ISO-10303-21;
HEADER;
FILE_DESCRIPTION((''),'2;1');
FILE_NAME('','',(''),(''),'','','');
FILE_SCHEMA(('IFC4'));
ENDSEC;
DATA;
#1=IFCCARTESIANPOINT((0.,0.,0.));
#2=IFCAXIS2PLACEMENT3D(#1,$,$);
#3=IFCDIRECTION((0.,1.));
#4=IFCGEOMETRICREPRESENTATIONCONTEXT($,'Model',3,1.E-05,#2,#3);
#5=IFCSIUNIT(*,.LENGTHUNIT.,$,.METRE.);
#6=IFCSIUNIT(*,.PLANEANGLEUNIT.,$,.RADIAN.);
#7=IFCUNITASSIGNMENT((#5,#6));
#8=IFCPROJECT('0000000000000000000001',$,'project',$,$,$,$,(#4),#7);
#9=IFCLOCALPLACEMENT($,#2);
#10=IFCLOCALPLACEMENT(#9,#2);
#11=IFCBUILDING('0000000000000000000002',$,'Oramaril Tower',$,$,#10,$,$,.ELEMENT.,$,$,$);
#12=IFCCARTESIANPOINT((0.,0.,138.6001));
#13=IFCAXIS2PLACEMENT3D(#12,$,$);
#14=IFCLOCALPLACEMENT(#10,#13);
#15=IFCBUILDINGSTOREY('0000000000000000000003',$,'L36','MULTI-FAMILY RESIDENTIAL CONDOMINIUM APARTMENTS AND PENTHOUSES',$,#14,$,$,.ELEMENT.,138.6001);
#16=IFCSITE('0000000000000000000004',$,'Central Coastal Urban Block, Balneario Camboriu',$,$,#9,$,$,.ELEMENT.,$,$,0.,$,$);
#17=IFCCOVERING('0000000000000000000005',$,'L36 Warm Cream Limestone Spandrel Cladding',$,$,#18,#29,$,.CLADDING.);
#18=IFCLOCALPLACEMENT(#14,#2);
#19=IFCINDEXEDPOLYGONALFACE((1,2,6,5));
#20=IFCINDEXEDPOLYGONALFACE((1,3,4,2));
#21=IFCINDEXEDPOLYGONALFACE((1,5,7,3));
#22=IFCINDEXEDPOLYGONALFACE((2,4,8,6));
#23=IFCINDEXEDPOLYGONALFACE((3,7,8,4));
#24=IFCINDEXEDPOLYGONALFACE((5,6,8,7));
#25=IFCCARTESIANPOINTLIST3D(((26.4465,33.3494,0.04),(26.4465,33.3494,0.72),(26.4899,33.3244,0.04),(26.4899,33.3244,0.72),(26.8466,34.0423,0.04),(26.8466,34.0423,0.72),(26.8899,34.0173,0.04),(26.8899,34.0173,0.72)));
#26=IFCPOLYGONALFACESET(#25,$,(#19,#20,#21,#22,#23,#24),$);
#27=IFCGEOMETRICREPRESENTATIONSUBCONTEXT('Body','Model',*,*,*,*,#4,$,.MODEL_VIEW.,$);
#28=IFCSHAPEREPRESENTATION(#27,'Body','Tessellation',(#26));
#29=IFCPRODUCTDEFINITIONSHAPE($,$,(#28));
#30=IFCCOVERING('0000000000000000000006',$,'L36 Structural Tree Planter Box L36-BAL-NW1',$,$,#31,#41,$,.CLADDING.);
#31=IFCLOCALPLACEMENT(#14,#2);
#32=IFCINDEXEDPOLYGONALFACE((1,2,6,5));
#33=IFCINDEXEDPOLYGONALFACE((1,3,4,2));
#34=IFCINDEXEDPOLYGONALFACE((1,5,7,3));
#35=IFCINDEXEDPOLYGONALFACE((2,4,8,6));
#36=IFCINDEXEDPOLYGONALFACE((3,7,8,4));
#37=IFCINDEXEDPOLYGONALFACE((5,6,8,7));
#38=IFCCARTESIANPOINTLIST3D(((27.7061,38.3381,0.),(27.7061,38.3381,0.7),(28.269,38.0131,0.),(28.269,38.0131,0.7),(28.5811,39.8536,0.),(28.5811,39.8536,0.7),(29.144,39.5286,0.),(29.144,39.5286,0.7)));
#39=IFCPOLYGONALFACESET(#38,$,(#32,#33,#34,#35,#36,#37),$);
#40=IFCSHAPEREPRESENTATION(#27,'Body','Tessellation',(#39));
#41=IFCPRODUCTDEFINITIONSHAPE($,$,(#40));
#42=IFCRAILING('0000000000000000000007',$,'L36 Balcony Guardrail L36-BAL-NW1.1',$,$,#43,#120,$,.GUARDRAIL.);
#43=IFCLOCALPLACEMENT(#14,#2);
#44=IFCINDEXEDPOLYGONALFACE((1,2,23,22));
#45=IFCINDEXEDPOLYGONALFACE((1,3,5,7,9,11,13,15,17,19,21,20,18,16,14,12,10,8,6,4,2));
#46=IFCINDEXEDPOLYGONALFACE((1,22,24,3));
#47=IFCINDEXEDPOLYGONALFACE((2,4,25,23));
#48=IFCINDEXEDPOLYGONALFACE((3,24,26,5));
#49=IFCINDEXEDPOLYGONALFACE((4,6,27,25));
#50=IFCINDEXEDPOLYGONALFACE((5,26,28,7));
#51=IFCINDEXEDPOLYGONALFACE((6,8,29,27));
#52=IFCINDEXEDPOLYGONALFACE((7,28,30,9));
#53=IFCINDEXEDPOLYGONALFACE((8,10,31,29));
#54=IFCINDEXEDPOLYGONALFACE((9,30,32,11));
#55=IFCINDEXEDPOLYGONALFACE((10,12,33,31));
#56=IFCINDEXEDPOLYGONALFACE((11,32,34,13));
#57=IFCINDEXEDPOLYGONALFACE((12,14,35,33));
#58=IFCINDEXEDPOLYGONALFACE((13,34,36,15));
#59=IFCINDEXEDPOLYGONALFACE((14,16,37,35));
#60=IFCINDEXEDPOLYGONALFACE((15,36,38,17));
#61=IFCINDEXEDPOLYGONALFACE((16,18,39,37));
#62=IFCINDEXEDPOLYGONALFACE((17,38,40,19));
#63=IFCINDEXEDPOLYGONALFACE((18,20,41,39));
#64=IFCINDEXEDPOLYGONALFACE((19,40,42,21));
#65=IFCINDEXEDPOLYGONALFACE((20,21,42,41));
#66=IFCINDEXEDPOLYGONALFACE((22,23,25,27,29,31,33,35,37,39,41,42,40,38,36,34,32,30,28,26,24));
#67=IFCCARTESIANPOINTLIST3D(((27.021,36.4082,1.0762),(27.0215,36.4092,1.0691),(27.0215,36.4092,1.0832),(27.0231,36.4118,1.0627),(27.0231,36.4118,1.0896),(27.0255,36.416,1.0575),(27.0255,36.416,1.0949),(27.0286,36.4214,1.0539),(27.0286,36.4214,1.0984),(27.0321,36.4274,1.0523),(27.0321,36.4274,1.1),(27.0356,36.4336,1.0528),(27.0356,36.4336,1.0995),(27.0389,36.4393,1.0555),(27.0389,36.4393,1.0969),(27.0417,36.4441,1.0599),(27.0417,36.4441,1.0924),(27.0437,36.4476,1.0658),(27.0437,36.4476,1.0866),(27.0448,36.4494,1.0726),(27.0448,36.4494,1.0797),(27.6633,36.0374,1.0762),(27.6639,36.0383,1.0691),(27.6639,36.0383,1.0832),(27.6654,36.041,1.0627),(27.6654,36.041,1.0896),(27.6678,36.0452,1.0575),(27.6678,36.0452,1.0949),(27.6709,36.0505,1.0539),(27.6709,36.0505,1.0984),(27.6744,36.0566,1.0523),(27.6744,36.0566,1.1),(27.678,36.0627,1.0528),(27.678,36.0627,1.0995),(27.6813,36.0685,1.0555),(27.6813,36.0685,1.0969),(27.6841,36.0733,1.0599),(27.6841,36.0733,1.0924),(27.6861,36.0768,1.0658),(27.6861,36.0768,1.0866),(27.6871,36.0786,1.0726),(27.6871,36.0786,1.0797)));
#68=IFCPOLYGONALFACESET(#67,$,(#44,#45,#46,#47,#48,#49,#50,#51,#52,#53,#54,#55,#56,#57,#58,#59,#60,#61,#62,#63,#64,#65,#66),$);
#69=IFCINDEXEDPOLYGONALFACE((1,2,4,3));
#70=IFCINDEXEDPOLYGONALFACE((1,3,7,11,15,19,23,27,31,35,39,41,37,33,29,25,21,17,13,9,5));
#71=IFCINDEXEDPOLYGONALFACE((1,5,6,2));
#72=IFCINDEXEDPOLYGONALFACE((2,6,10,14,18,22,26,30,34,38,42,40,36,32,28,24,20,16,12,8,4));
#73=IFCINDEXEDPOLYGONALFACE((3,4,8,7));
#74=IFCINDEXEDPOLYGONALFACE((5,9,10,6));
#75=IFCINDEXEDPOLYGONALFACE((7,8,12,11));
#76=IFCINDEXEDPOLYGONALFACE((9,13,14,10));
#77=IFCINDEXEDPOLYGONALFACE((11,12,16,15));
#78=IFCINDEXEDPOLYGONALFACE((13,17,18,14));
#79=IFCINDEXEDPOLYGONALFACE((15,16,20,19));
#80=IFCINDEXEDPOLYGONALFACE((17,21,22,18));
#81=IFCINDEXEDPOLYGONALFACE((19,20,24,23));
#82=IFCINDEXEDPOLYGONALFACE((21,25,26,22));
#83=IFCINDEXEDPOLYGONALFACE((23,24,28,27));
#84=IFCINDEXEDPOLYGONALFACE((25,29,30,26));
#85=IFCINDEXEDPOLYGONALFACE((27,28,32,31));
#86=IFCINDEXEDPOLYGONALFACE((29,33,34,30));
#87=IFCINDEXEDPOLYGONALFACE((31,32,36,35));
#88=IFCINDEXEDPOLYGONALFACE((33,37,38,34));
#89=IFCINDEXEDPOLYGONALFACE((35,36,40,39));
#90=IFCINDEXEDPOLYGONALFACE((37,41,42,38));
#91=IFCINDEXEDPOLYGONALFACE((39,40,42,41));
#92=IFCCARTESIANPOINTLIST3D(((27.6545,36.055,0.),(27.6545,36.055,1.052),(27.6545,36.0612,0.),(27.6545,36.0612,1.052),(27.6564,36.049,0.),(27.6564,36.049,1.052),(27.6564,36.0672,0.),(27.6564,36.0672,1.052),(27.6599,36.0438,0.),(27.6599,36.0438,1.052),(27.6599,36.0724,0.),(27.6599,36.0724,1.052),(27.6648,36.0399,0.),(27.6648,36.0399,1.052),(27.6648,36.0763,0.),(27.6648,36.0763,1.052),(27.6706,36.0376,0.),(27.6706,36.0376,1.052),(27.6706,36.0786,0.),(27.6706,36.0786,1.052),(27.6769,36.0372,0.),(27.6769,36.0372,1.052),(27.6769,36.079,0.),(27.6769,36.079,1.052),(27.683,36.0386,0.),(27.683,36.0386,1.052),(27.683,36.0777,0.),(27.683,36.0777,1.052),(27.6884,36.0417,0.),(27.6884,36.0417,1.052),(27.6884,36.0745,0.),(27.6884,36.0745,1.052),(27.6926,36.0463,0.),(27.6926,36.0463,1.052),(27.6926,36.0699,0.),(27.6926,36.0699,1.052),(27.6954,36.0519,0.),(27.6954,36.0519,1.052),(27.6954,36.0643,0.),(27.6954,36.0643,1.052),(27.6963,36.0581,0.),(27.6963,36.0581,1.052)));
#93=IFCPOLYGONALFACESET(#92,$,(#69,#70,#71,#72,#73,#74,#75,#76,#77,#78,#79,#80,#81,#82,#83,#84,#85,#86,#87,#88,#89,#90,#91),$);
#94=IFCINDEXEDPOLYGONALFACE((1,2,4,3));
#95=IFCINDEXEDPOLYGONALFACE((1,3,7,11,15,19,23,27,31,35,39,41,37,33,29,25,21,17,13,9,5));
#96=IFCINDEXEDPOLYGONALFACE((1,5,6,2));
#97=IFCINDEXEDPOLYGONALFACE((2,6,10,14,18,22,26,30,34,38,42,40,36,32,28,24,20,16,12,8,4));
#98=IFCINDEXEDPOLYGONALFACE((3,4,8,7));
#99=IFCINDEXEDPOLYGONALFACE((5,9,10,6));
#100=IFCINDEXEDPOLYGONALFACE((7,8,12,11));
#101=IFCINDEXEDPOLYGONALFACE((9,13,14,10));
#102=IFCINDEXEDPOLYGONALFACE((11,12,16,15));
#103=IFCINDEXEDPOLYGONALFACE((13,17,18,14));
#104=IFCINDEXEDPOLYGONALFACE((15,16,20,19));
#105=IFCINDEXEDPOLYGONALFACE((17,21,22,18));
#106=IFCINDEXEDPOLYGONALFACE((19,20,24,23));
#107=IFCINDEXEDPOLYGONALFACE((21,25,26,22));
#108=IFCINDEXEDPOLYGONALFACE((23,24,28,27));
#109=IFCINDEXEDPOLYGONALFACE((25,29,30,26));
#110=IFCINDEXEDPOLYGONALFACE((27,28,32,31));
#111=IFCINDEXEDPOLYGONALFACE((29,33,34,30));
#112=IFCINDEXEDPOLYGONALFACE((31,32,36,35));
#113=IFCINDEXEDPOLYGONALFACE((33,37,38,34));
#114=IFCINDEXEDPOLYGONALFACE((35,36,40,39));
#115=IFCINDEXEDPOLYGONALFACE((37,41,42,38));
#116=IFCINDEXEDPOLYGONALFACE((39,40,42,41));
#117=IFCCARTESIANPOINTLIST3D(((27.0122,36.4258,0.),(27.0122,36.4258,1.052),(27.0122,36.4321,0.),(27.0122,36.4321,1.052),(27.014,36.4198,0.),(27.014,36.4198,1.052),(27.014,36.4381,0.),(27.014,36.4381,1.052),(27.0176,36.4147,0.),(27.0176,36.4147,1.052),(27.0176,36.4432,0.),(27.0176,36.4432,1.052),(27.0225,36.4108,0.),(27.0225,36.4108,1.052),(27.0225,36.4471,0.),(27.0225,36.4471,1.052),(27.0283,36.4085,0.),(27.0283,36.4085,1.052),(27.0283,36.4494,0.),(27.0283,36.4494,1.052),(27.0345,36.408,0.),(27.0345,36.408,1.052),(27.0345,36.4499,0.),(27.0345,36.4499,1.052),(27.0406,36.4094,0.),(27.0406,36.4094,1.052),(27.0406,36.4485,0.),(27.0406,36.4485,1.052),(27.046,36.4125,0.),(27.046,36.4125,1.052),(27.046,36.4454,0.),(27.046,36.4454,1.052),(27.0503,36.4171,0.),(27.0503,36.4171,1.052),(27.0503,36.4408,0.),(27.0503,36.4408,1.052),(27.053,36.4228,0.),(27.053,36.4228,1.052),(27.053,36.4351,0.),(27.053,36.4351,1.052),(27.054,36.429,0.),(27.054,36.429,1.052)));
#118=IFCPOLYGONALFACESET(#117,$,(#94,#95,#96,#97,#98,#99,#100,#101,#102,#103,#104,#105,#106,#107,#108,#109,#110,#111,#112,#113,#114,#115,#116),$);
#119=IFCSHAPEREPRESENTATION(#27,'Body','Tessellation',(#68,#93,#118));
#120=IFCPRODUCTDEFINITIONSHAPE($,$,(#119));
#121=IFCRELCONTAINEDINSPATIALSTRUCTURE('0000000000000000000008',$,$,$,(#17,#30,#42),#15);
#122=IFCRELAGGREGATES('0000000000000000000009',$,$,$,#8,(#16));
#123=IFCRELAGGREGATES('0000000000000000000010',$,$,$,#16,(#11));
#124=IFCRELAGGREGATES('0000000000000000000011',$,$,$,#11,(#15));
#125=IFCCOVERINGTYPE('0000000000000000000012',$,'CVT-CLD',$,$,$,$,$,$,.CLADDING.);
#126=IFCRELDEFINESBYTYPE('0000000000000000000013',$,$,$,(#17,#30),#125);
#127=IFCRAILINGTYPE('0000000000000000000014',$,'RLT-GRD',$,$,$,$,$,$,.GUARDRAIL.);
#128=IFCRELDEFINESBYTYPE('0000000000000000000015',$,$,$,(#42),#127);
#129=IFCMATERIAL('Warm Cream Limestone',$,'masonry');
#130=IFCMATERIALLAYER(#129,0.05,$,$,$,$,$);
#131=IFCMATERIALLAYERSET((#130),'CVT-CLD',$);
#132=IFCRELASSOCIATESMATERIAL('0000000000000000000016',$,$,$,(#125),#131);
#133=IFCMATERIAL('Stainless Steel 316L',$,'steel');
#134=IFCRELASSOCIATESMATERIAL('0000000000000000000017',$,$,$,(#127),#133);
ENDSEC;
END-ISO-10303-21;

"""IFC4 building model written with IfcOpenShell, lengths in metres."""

from ifc_helpers import new_model, si_unit, direction, frame, origin, origin_2d, place, context, subcontext, project, spatial, rectangle, circle, extrude, material, layer, layer_set, type_object, element, save


model = new_model("IFC4")

# Units and contexts
model_context = context("Model", 3, precision=1e-05, world=origin(), true_north=direction((0.0, 1.0)))
body_context = subcontext(model_context, "Body", "Model", "MODEL_VIEW")
ifc_project = project(units=[si_unit("LENGTHUNIT", "METRE"), si_unit("PLANEANGLEUNIT", "RADIAN")], contexts=[model_context])

# Site, building, storey
site_placement = place(None, origin())
site = spatial("IfcSite", under=ifc_project, at=site_placement, Name="Central Coastal Urban Block, Balneario Camboriu", CompositionType="ELEMENT", RefElevation=0.0)
building_placement = place(site_placement, origin())
building = spatial("IfcBuilding", under=site, at=building_placement, Name="Oramaril Tower", CompositionType="ELEMENT")
storey_placement = place(building_placement, frame((0.0, 0.0, 138.6001)))
storey = spatial("IfcBuildingStorey", under=building, at=storey_placement, Name="L36", Description="MULTI-FAMILY RESIDENTIAL CONDOMINIUM APARTMENTS AND PENTHOUSES", CompositionType="ELEMENT", Elevation=138.6001)

# Coverings
ifc_material_1 = material(Name="Warm Cream Limestone", Category="masonry")
ifc_layer_1 = layer(ifc_material_1, 0.05)
ifc_layer_set_1 = layer_set([ifc_layer_1], Name="CVT-CLD")
covering_type = type_object("IfcCoveringType", Name="CVT-CLD", PredefinedType="CLADDING", material=ifc_layer_set_1)
covering_1_placement = place(storey_placement, frame((26.6682, 33.6833, 0.04), z_axis=(0.0, 0.0, 1.0), x_axis=(-0.5, -0.866025, 0.0)))
element("IfcCovering", 1, at=covering_1_placement, inside=storey, type_object=covering_type, Name="L36 Warm Cream Limestone Spandrel Cladding", PredefinedType="CLADDING", context=body_context, shape_type="SweptSolid", body=[
    extrude(rectangle(XDim=0.8, YDim=0.05, at=origin_2d()), origin(), (0.0, 0.0, 1.0), 0.6799),
])
covering_2_placement = place(storey_placement, frame((28.425, 38.9333, 0.0), z_axis=(0.0, 0.0, 1.0), x_axis=(-0.5, -0.866025, 0.0)))
element("IfcCovering", 2, at=covering_2_placement, inside=storey, type_object=covering_type, Name="L36 Structural Tree Planter Box L36-BAL-NW1", PredefinedType="CLADDING", context=body_context, shape_type="SweptSolid", body=[
    extrude(rectangle(XDim=1.75, YDim=0.6499, at=origin_2d()), origin(), (0.0, 0.0, 1.0), 0.7),
])

# Railing
ifc_material_2 = material(Name="Stainless Steel 316L", Category="steel")
railing_type = type_object("IfcRailingType", Name="RLT-GRD", PredefinedType="GUARDRAIL", material=ifc_material_2)
railing_1_placement = place(storey_placement, frame((27.6753, 36.0581, 0.0)))
element("IfcRailing", 3, at=railing_1_placement, inside=storey, type_object=railing_type, Name="L36 Balcony Guardrail L36-BAL-NW1.1", PredefinedType="GUARDRAIL", context=body_context, shape_type="SweptSolid", body=[
    extrude(circle(Radius=0.0239, at=origin_2d()), frame((0.0, 0.0, 1.0762), z_axis=(-0.866027, 0.499998, 0.0), x_axis=(-0.499998, -0.866027, 0.0)), (0.0, 0.0, 1.0), 0.7417),
    extrude(circle(Radius=0.021, at=origin_2d()), origin(), (0.0, 0.0, 1.0), 1.052),
    extrude(circle(Radius=0.021, at=origin_2d()), frame((-0.6423, 0.3708, 0.0)), (0.0, 0.0, 1.0), 1.052),
])

save(model, "model.ifc")
